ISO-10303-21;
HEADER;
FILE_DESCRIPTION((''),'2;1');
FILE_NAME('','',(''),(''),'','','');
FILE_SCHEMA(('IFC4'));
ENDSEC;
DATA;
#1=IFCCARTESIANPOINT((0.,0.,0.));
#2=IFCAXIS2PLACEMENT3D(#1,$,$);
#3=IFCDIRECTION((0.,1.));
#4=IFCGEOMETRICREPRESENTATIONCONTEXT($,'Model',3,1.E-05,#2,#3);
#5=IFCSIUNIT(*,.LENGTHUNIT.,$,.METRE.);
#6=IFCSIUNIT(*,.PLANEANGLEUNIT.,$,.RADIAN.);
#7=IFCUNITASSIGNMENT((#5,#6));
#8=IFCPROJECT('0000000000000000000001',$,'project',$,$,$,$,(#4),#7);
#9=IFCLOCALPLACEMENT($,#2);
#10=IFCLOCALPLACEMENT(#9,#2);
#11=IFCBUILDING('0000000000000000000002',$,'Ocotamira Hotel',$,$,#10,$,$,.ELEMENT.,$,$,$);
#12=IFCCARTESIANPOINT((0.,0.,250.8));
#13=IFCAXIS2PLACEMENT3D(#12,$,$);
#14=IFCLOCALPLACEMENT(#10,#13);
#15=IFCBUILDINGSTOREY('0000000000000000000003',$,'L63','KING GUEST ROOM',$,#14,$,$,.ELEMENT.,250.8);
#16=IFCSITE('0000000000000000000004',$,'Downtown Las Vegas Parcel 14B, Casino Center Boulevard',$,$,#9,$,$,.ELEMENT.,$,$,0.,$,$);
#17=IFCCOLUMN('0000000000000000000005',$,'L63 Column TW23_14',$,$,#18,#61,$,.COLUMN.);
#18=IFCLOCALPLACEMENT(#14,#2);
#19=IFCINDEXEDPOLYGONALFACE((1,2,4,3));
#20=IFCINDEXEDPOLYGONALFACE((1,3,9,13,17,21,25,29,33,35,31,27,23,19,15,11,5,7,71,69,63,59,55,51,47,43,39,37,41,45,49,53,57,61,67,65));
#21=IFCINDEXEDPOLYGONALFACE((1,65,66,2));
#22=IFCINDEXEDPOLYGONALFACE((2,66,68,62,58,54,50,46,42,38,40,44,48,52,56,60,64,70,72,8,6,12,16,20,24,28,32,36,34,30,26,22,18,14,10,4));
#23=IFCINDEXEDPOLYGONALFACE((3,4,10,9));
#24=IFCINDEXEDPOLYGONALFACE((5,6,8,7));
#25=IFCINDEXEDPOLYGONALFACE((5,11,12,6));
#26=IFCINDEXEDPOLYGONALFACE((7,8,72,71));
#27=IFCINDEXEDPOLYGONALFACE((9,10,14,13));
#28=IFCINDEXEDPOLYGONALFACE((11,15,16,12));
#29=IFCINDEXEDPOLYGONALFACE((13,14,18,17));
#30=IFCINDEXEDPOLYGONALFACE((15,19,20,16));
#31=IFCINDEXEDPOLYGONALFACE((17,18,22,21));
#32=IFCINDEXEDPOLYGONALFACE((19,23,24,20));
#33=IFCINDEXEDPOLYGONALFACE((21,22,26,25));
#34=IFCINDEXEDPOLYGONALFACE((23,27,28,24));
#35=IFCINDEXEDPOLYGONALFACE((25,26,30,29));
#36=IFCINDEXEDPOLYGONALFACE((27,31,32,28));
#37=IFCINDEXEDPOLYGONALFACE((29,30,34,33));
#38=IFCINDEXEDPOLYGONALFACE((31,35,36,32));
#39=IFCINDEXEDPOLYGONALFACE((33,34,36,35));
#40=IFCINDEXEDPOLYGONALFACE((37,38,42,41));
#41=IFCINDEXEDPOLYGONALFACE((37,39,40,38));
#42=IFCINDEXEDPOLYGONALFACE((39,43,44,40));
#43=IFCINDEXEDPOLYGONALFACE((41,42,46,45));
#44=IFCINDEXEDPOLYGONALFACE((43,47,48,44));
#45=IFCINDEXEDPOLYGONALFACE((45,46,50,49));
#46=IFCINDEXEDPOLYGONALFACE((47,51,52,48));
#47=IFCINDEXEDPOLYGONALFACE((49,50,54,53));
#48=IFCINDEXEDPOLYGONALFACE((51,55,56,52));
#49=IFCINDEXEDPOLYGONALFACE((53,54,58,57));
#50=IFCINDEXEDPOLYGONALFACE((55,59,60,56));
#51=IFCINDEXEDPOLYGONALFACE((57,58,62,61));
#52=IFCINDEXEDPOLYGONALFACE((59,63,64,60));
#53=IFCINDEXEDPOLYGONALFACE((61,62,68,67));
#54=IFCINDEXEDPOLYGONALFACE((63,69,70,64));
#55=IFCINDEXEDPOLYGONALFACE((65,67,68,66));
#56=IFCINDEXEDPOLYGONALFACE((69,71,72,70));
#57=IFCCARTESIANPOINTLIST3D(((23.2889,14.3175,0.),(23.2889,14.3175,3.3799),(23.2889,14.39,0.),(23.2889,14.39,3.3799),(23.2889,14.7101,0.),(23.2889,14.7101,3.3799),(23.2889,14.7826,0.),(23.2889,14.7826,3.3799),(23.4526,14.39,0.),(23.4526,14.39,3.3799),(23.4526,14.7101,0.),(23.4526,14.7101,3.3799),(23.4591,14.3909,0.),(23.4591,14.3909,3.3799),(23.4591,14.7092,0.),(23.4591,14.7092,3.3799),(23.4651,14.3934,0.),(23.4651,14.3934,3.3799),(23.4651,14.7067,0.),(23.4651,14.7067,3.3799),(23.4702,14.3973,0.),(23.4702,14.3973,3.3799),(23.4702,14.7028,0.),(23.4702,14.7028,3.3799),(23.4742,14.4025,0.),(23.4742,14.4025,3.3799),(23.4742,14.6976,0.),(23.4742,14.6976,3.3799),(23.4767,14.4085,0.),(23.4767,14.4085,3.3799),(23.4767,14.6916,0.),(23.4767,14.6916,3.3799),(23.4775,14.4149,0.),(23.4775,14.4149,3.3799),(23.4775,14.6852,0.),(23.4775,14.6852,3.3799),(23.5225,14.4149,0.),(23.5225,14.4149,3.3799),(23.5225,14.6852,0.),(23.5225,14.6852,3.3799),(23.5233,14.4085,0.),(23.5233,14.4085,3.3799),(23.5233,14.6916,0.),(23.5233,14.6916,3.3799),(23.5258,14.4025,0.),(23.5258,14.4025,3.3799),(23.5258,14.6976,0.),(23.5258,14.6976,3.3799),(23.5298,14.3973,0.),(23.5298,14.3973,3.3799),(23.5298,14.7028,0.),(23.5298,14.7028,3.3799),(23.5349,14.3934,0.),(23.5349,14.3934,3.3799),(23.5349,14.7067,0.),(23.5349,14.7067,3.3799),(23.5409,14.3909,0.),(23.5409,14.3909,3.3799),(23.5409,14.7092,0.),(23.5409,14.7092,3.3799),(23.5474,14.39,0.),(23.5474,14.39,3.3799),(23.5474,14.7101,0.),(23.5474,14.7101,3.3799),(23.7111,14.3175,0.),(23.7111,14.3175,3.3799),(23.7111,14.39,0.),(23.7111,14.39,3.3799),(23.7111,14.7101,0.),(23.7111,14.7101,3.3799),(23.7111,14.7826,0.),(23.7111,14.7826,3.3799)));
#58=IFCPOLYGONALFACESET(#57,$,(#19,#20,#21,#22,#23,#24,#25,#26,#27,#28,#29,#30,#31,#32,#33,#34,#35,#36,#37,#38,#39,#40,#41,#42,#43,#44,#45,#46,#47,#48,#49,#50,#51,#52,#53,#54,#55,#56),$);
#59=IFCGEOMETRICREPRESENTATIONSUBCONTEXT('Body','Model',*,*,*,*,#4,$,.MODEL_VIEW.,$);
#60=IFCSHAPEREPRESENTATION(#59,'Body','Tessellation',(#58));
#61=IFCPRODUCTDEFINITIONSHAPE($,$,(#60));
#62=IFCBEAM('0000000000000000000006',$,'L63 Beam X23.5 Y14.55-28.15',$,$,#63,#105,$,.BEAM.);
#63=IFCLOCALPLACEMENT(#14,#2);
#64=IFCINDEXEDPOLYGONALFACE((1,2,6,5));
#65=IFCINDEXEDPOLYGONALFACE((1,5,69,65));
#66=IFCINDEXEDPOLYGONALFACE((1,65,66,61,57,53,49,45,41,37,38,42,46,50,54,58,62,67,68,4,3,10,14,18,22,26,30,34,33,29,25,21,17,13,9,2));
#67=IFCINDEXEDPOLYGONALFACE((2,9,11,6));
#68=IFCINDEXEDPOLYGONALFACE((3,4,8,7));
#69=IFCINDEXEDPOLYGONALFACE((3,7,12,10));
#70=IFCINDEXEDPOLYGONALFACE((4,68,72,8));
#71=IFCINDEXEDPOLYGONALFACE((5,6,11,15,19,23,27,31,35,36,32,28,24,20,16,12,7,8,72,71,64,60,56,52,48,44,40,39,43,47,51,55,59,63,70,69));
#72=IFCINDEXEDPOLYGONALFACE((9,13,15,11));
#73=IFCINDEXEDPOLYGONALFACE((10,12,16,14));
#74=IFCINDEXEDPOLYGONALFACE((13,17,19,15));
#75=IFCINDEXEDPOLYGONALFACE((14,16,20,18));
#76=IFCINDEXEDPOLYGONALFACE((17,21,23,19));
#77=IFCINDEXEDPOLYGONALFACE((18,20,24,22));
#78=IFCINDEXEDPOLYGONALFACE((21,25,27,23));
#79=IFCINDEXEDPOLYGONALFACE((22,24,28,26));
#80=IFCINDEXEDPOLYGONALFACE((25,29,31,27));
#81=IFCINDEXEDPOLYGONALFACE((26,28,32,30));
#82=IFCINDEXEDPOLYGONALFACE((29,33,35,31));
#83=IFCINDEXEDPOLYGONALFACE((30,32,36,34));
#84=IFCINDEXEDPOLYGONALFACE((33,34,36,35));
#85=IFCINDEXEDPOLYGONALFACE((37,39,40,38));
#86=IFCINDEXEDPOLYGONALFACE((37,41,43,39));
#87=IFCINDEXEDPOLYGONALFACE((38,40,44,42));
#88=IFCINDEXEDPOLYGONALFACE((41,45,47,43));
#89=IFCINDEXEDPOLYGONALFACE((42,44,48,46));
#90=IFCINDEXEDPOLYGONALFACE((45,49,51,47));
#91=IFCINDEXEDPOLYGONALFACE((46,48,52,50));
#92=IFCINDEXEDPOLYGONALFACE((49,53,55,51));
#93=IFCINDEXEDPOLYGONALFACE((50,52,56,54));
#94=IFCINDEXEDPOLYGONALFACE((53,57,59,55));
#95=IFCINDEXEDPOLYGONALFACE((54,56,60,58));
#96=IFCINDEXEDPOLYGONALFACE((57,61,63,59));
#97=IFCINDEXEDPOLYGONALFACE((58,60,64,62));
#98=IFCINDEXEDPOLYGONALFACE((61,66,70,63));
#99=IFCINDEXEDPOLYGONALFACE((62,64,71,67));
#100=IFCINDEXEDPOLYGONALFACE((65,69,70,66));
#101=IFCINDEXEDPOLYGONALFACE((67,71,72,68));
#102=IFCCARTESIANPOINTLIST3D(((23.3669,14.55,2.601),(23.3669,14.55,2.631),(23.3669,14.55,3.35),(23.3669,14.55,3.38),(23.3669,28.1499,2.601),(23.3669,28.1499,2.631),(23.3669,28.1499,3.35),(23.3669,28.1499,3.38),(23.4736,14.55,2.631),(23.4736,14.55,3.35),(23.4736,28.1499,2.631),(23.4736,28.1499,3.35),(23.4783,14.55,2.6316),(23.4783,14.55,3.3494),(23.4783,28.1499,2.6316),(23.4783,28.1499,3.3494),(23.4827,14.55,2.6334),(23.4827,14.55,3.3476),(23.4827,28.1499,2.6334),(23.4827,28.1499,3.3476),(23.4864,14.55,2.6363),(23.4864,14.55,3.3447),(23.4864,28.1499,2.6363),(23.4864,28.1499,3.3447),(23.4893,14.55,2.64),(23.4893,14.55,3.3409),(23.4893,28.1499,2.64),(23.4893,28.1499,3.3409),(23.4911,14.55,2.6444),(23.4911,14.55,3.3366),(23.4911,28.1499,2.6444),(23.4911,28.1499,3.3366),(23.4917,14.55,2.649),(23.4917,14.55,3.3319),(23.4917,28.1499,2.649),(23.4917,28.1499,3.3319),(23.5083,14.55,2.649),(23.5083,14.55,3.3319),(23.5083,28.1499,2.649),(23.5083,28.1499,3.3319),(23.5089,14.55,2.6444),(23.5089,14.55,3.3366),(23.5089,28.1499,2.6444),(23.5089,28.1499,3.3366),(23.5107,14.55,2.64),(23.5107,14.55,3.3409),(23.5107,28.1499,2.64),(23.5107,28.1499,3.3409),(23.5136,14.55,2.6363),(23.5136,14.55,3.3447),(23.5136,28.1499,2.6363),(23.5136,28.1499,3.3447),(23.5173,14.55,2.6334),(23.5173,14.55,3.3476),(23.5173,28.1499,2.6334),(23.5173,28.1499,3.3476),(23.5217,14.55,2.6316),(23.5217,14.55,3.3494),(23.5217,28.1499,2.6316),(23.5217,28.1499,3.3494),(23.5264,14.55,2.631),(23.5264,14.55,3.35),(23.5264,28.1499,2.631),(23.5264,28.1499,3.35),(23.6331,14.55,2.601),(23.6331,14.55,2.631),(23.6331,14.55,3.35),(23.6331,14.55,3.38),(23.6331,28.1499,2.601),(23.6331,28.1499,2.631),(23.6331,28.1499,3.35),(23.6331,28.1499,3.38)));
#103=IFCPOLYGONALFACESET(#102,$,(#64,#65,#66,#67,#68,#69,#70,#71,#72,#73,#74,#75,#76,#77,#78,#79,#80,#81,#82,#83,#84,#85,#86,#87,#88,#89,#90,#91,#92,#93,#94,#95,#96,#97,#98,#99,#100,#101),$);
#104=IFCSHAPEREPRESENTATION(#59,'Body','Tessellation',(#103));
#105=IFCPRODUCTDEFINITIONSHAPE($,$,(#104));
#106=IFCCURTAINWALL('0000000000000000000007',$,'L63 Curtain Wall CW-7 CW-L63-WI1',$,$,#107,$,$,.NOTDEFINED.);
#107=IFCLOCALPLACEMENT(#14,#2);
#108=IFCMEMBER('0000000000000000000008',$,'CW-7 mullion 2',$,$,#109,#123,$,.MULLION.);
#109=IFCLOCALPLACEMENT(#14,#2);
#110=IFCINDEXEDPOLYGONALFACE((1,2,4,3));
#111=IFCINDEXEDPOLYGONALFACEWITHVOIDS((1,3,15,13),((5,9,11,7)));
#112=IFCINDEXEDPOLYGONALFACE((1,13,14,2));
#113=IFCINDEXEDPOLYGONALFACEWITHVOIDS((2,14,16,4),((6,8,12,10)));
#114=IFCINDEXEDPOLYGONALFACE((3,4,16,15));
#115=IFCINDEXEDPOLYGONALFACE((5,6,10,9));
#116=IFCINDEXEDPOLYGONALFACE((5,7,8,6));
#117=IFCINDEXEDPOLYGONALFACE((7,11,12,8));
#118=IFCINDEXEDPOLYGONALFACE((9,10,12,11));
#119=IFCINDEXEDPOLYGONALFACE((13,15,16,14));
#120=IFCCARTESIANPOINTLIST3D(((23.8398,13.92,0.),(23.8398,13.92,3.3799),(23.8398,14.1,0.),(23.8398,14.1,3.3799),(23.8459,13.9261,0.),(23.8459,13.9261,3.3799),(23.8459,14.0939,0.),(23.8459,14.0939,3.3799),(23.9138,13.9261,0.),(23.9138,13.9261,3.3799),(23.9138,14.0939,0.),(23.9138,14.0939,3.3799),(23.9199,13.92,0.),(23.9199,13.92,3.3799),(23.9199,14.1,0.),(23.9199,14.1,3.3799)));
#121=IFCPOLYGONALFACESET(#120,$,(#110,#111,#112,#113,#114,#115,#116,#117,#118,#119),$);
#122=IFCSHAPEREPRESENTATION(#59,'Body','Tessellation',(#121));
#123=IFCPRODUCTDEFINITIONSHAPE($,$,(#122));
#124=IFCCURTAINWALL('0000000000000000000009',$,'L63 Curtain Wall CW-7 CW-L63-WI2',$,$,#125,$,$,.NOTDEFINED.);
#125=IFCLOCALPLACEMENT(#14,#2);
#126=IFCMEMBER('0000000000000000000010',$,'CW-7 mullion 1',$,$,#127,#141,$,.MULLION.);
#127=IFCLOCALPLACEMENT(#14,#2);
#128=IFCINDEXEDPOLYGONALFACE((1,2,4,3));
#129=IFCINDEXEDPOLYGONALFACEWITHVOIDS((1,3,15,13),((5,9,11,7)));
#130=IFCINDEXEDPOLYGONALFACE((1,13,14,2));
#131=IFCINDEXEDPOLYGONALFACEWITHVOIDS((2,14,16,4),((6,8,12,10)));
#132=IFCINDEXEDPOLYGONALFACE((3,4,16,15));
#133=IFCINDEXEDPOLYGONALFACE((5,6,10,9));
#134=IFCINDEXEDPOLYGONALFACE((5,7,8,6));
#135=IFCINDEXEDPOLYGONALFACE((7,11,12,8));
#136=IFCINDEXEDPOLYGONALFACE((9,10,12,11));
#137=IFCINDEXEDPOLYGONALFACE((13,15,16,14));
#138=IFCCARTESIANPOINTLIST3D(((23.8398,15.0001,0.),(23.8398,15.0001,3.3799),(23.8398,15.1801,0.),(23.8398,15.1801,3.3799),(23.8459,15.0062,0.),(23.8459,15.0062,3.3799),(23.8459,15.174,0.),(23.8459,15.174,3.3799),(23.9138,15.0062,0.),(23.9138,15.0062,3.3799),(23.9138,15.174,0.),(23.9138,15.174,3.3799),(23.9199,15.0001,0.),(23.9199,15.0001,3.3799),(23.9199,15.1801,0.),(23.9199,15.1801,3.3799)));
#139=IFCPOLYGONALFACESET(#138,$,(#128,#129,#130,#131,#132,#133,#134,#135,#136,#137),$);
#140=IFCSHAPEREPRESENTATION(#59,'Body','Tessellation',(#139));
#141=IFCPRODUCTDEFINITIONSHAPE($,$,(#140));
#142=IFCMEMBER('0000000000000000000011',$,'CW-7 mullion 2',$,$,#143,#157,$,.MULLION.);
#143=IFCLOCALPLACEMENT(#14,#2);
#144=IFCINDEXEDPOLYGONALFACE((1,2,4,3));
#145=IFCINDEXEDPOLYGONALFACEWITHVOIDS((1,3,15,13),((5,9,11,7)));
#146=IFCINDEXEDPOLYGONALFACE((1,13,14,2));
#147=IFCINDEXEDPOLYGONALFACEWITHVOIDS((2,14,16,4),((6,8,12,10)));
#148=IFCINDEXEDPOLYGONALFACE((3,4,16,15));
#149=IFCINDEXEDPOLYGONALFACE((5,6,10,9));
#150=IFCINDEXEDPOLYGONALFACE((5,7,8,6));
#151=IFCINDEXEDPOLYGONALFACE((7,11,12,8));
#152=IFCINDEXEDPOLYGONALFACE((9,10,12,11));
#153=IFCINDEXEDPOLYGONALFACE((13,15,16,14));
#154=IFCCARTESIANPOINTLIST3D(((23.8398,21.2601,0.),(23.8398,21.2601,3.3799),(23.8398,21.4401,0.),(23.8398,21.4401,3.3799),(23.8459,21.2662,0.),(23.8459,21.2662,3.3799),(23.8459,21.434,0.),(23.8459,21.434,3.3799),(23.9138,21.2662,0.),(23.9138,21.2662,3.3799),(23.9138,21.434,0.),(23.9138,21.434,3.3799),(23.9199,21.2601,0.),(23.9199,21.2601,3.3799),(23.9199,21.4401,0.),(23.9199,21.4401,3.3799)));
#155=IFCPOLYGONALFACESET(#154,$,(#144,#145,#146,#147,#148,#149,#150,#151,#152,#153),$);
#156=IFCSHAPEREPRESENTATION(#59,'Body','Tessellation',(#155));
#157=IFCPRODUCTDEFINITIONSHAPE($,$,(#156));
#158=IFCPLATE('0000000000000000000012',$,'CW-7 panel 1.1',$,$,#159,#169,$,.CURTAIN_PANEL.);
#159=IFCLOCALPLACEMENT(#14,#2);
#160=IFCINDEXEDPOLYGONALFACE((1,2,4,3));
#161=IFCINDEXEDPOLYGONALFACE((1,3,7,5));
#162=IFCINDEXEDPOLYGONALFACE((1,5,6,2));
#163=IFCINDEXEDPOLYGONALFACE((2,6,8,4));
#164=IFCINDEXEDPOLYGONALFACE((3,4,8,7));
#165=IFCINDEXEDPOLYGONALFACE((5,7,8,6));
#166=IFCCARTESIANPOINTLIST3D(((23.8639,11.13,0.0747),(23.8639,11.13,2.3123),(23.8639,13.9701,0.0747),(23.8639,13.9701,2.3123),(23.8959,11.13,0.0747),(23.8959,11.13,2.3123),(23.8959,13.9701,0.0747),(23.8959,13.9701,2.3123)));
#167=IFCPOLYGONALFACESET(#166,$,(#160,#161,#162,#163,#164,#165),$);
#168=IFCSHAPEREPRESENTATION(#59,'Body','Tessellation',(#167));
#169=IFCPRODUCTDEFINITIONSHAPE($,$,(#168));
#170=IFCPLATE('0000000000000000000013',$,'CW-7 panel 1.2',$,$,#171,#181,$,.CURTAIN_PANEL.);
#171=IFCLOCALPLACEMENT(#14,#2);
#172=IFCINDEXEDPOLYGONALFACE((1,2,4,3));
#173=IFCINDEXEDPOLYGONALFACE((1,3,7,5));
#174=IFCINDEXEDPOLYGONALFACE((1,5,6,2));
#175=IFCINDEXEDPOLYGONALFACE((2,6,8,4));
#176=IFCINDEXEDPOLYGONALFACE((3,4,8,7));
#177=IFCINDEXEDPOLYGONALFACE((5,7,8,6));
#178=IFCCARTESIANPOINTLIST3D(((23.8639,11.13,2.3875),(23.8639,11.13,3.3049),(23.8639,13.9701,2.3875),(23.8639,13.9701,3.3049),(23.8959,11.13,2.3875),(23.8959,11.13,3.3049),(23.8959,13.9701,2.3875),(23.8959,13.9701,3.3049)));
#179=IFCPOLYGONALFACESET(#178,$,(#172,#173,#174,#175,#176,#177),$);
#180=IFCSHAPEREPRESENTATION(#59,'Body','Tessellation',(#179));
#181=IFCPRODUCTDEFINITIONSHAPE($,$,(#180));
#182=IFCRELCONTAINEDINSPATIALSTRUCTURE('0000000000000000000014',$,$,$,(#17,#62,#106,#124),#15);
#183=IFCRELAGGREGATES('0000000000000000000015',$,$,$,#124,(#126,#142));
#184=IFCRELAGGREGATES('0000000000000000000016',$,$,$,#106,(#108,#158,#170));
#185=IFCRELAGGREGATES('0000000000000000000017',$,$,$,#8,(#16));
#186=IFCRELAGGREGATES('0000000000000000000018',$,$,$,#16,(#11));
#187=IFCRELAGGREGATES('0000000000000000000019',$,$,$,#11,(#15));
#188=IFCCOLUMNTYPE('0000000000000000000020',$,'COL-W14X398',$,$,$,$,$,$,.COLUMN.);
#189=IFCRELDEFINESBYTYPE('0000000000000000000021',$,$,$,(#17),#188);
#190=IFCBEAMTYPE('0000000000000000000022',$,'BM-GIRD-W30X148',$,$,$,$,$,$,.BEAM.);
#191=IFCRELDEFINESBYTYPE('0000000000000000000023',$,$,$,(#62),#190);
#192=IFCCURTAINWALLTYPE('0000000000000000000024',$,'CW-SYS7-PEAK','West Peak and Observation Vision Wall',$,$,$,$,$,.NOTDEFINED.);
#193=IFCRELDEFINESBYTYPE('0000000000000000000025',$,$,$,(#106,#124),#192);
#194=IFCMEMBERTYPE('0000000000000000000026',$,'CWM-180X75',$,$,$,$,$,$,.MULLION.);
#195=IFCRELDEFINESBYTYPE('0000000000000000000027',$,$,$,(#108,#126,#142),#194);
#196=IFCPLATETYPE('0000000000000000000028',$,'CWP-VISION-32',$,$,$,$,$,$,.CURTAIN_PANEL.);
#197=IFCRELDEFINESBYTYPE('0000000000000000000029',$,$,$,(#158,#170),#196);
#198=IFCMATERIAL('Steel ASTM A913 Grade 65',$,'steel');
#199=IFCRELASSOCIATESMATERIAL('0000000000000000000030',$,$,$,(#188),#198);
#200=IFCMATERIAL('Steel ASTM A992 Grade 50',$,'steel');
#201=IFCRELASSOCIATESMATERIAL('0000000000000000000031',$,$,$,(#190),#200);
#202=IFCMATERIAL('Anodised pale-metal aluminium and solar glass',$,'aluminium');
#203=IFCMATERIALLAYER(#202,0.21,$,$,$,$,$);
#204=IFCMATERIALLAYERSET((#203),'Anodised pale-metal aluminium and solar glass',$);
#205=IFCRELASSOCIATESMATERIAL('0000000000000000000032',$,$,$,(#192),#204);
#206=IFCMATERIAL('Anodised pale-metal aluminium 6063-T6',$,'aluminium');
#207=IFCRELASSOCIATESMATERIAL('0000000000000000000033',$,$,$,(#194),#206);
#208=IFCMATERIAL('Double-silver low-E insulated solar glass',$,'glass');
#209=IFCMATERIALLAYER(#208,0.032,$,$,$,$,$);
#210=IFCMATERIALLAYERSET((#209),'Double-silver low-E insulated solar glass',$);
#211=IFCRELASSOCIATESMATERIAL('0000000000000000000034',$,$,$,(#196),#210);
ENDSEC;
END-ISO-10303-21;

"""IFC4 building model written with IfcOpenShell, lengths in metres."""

from ifc_helpers import new_model, si_unit, direction, frame, origin, origin_2d, place, context, subcontext, project, spatial, rectangle, hollow_rectangle, i_section, extrude, source, transform, mapped, material, layer, layer_set, material_profile, profile_set, type_object, element, aggregate, save


model = new_model("IFC4")

# Units and contexts
model_context = context("Model", 3, precision=1e-05, world=origin(), true_north=direction((0.0, 1.0)))
body_context = subcontext(model_context, "Body", "Model", "MODEL_VIEW")
ifc_project = project(units=[si_unit("LENGTHUNIT", "METRE"), si_unit("PLANEANGLEUNIT", "RADIAN")], contexts=[model_context])

# Site, building, storey
site_placement = place(None, origin())
site = spatial("IfcSite", under=ifc_project, at=site_placement, Name="Downtown Las Vegas Parcel 14B, Casino Center Boulevard", CompositionType="ELEMENT", RefElevation=0.0)
building_placement = place(site_placement, origin())
building = spatial("IfcBuilding", under=site, at=building_placement, Name="Ocotamira Hotel", CompositionType="ELEMENT")
storey_placement = place(building_placement, frame((0.0, 0.0, 250.8)))
storey = spatial("IfcBuildingStorey", under=building, at=storey_placement, Name="L63", Description="KING GUEST ROOM", CompositionType="ELEMENT", Elevation=250.8)

# Column
ifc_material_1 = material(Name="Steel ASTM A913 Grade 65", Category="steel")
ifc_material_profile_1 = material_profile(ifc_material_1, i_section(OverallWidth=0.4221, OverallDepth=0.4651, WebThickness=0.0449, FlangeThickness=0.0725, FilletRadius=0.0249, at=origin_2d()), Name="W14X398")
ifc_profile_set_1 = profile_set([ifc_material_profile_1], Name="Steel ASTM A913 Grade 65")
column_type = type_object("IfcColumnType", Name="COL-W14X398", PredefinedType="COLUMN", material=ifc_profile_set_1)
shared_shape_1 = source(origin(), body_context, "Body", "SweptSolid", [
    extrude(i_section(OverallWidth=0.4221, OverallDepth=0.4651, WebThickness=0.0449, FlangeThickness=0.0725, FilletRadius=0.0249, at=origin_2d()), origin(), (0.0, 0.0, 1.0), 3.3799),
])
column_placement = place(storey_placement, frame((23.5, 14.55, 0.0), z_axis=(0.0, 0.0, 1.0), x_axis=(1.0, 0.0, 0.0)))
element("IfcColumn", 1, at=column_placement, inside=storey, type_object=column_type, Name="L63 Column TW23_14", PredefinedType="COLUMN", context=body_context, shape_type="MappedRepresentation", body=[
    mapped(shared_shape_1, transform((0.0, 0.0, 0.0), scale=1.0)),
])

# Beam
ifc_material_2 = material(Name="Steel ASTM A992 Grade 50", Category="steel")
ifc_material_profile_2 = material_profile(ifc_material_2, i_section(OverallWidth=0.2661, OverallDepth=0.7791, WebThickness=0.0166, FlangeThickness=0.03, FilletRadius=0.0181, at=origin_2d()), Name="W30X148")
ifc_profile_set_2 = profile_set([ifc_material_profile_2], Name="Steel ASTM A992 Grade 50")
beam_type = type_object("IfcBeamType", Name="BM-GIRD-W30X148", PredefinedType="BEAM", material=ifc_profile_set_2)
shared_shape_2 = source(origin(), body_context, "Body", "SweptSolid", [
    extrude(i_section(OverallWidth=0.2661, OverallDepth=0.7791, WebThickness=0.0166, FlangeThickness=0.03, FilletRadius=0.0181, at=origin_2d()), origin(), (0.0, 0.0, 1.0), 13.5999),
])
beam_placement = place(storey_placement, frame((23.5, 14.55, 2.9905), z_axis=(0.0, 1.0, 0.0), x_axis=(-1.0, 0.0, 0.0)))
element("IfcBeam", 2, at=beam_placement, inside=storey, type_object=beam_type, Name="L63 Beam X23.5 Y14.55-28.15", PredefinedType="BEAM", context=body_context, shape_type="MappedRepresentation", body=[
    mapped(shared_shape_2, transform((0.0, 0.0, 0.0), scale=1.0)),
])

# Curtain wall, member
ifc_material_3 = material(Name="Anodised pale-metal aluminium and solar glass", Category="aluminium")
ifc_layer_1 = layer(ifc_material_3, 0.21)
ifc_layer_set_1 = layer_set([ifc_layer_1], Name="Anodised pale-metal aluminium and solar glass")
curtain_wall_type = type_object("IfcCurtainWallType", Name="CW-SYS7-PEAK", Description="West Peak and Observation Vision Wall", PredefinedType="NOTDEFINED", material=ifc_layer_set_1)
curtain_wall_1_placement = place(storey_placement, origin())
curtain_wall_1 = element("IfcCurtainWall", 3, at=curtain_wall_1_placement, inside=storey, type_object=curtain_wall_type, Name="L63 Curtain Wall CW-7 CW-L63-WI1", PredefinedType="NOTDEFINED")
ifc_material_4 = material(Name="Anodised pale-metal aluminium 6063-T6", Category="aluminium")
ifc_material_profile_3 = material_profile(ifc_material_4, hollow_rectangle(XDim=0.0801, YDim=0.1799, WallThickness=0.0061, at=origin_2d()), Name="HSS180X80X6")
ifc_profile_set_3 = profile_set([ifc_material_profile_3], Name="Anodised pale-metal aluminium 6063-T6")
member_type = type_object("IfcMemberType", Name="CWM-180X75", PredefinedType="MULLION", material=ifc_profile_set_3)
shared_shape_3 = source(origin(), body_context, "Body", "SweptSolid", [
    extrude(hollow_rectangle(XDim=0.0801, YDim=0.1799, WallThickness=0.0061, at=origin_2d()), origin(), (0.0, 0.0, 1.0), 3.3799),
])
member_1_placement = place(storey_placement, frame((23.8799, 14.01, 0.0), z_axis=(0.0, 0.0, 1.0), x_axis=(-1.0, 0.0, 0.0)))
member_1 = element("IfcMember", 4, at=member_1_placement, type_object=member_type, Name="CW-7 mullion 2", PredefinedType="MULLION", context=body_context, shape_type="MappedRepresentation", body=[
    mapped(shared_shape_3, transform((0.0, 0.0, 0.0), scale=1.0)),
])

# Curtain wall, members
curtain_wall_2_placement = place(storey_placement, origin())
curtain_wall_2 = element("IfcCurtainWall", 5, at=curtain_wall_2_placement, inside=storey, type_object=curtain_wall_type, Name="L63 Curtain Wall CW-7 CW-L63-WI2", PredefinedType="NOTDEFINED")
member_2_placement = place(storey_placement, frame((23.8799, 15.0901, 0.0), z_axis=(0.0, 0.0, 1.0), x_axis=(-1.0, 0.0, 0.0)))
member_2 = element("IfcMember", 6, at=member_2_placement, type_object=member_type, Name="CW-7 mullion 1", PredefinedType="MULLION", context=body_context, shape_type="MappedRepresentation", body=[
    mapped(shared_shape_3, transform((0.0, 0.0, 0.0), scale=1.0)),
])
member_3_placement = place(storey_placement, frame((23.8799, 21.3501, 0.0), z_axis=(0.0, 0.0, 1.0), x_axis=(-1.0, 0.0, 0.0)))
member_3 = element("IfcMember", 7, at=member_3_placement, type_object=member_type, Name="CW-7 mullion 2", PredefinedType="MULLION", context=body_context, shape_type="MappedRepresentation", body=[
    mapped(shared_shape_3, transform((0.0, 0.0, 0.0), scale=1.0)),
])
aggregate(curtain_wall_2, [member_2, member_3])

# Plates
ifc_material_5 = material(Name="Double-silver low-E insulated solar glass", Category="glass")
ifc_layer_2 = layer(ifc_material_5, 0.032)
ifc_layer_set_2 = layer_set([ifc_layer_2], Name="Double-silver low-E insulated solar glass")
plate_type = type_object("IfcPlateType", Name="CWP-VISION-32", PredefinedType="CURTAIN_PANEL", material=ifc_layer_set_2)
shared_shape_4 = source(origin(), body_context, "Body", "SweptSolid", [
    extrude(rectangle(XDim=2.8401, YDim=0.032, at=origin_2d()), origin(), (0.0, 0.0, 1.0), 2.2375),
])
plate_1_placement = place(storey_placement, frame((23.8799, 12.55, 0.0747), z_axis=(0.0, 0.0, 1.0), x_axis=(0.0, 1.0, 0.0)))
plate_1 = element("IfcPlate", 8, at=plate_1_placement, type_object=plate_type, Name="CW-7 panel 1.1", PredefinedType="CURTAIN_PANEL", context=body_context, shape_type="MappedRepresentation", body=[
    mapped(shared_shape_4, transform((0.0, 0.0, 0.0), scale=1.0)),
])
shared_shape_5 = source(origin(), body_context, "Body", "SweptSolid", [
    extrude(rectangle(XDim=2.8401, YDim=0.032, at=origin_2d()), origin(), (0.0, 0.0, 1.0), 0.9175),
])
plate_2_placement = place(storey_placement, frame((23.8799, 12.55, 2.3875), z_axis=(0.0, 0.0, 1.0), x_axis=(0.0, 1.0, 0.0)))
plate_2 = element("IfcPlate", 9, at=plate_2_placement, type_object=plate_type, Name="CW-7 panel 1.2", PredefinedType="CURTAIN_PANEL", context=body_context, shape_type="MappedRepresentation", body=[
    mapped(shared_shape_5, transform((0.0, 0.0, 0.0), scale=1.0)),
])
aggregate(curtain_wall_1, [member_1, plate_1, plate_2])

save(model, "model.ifc")
